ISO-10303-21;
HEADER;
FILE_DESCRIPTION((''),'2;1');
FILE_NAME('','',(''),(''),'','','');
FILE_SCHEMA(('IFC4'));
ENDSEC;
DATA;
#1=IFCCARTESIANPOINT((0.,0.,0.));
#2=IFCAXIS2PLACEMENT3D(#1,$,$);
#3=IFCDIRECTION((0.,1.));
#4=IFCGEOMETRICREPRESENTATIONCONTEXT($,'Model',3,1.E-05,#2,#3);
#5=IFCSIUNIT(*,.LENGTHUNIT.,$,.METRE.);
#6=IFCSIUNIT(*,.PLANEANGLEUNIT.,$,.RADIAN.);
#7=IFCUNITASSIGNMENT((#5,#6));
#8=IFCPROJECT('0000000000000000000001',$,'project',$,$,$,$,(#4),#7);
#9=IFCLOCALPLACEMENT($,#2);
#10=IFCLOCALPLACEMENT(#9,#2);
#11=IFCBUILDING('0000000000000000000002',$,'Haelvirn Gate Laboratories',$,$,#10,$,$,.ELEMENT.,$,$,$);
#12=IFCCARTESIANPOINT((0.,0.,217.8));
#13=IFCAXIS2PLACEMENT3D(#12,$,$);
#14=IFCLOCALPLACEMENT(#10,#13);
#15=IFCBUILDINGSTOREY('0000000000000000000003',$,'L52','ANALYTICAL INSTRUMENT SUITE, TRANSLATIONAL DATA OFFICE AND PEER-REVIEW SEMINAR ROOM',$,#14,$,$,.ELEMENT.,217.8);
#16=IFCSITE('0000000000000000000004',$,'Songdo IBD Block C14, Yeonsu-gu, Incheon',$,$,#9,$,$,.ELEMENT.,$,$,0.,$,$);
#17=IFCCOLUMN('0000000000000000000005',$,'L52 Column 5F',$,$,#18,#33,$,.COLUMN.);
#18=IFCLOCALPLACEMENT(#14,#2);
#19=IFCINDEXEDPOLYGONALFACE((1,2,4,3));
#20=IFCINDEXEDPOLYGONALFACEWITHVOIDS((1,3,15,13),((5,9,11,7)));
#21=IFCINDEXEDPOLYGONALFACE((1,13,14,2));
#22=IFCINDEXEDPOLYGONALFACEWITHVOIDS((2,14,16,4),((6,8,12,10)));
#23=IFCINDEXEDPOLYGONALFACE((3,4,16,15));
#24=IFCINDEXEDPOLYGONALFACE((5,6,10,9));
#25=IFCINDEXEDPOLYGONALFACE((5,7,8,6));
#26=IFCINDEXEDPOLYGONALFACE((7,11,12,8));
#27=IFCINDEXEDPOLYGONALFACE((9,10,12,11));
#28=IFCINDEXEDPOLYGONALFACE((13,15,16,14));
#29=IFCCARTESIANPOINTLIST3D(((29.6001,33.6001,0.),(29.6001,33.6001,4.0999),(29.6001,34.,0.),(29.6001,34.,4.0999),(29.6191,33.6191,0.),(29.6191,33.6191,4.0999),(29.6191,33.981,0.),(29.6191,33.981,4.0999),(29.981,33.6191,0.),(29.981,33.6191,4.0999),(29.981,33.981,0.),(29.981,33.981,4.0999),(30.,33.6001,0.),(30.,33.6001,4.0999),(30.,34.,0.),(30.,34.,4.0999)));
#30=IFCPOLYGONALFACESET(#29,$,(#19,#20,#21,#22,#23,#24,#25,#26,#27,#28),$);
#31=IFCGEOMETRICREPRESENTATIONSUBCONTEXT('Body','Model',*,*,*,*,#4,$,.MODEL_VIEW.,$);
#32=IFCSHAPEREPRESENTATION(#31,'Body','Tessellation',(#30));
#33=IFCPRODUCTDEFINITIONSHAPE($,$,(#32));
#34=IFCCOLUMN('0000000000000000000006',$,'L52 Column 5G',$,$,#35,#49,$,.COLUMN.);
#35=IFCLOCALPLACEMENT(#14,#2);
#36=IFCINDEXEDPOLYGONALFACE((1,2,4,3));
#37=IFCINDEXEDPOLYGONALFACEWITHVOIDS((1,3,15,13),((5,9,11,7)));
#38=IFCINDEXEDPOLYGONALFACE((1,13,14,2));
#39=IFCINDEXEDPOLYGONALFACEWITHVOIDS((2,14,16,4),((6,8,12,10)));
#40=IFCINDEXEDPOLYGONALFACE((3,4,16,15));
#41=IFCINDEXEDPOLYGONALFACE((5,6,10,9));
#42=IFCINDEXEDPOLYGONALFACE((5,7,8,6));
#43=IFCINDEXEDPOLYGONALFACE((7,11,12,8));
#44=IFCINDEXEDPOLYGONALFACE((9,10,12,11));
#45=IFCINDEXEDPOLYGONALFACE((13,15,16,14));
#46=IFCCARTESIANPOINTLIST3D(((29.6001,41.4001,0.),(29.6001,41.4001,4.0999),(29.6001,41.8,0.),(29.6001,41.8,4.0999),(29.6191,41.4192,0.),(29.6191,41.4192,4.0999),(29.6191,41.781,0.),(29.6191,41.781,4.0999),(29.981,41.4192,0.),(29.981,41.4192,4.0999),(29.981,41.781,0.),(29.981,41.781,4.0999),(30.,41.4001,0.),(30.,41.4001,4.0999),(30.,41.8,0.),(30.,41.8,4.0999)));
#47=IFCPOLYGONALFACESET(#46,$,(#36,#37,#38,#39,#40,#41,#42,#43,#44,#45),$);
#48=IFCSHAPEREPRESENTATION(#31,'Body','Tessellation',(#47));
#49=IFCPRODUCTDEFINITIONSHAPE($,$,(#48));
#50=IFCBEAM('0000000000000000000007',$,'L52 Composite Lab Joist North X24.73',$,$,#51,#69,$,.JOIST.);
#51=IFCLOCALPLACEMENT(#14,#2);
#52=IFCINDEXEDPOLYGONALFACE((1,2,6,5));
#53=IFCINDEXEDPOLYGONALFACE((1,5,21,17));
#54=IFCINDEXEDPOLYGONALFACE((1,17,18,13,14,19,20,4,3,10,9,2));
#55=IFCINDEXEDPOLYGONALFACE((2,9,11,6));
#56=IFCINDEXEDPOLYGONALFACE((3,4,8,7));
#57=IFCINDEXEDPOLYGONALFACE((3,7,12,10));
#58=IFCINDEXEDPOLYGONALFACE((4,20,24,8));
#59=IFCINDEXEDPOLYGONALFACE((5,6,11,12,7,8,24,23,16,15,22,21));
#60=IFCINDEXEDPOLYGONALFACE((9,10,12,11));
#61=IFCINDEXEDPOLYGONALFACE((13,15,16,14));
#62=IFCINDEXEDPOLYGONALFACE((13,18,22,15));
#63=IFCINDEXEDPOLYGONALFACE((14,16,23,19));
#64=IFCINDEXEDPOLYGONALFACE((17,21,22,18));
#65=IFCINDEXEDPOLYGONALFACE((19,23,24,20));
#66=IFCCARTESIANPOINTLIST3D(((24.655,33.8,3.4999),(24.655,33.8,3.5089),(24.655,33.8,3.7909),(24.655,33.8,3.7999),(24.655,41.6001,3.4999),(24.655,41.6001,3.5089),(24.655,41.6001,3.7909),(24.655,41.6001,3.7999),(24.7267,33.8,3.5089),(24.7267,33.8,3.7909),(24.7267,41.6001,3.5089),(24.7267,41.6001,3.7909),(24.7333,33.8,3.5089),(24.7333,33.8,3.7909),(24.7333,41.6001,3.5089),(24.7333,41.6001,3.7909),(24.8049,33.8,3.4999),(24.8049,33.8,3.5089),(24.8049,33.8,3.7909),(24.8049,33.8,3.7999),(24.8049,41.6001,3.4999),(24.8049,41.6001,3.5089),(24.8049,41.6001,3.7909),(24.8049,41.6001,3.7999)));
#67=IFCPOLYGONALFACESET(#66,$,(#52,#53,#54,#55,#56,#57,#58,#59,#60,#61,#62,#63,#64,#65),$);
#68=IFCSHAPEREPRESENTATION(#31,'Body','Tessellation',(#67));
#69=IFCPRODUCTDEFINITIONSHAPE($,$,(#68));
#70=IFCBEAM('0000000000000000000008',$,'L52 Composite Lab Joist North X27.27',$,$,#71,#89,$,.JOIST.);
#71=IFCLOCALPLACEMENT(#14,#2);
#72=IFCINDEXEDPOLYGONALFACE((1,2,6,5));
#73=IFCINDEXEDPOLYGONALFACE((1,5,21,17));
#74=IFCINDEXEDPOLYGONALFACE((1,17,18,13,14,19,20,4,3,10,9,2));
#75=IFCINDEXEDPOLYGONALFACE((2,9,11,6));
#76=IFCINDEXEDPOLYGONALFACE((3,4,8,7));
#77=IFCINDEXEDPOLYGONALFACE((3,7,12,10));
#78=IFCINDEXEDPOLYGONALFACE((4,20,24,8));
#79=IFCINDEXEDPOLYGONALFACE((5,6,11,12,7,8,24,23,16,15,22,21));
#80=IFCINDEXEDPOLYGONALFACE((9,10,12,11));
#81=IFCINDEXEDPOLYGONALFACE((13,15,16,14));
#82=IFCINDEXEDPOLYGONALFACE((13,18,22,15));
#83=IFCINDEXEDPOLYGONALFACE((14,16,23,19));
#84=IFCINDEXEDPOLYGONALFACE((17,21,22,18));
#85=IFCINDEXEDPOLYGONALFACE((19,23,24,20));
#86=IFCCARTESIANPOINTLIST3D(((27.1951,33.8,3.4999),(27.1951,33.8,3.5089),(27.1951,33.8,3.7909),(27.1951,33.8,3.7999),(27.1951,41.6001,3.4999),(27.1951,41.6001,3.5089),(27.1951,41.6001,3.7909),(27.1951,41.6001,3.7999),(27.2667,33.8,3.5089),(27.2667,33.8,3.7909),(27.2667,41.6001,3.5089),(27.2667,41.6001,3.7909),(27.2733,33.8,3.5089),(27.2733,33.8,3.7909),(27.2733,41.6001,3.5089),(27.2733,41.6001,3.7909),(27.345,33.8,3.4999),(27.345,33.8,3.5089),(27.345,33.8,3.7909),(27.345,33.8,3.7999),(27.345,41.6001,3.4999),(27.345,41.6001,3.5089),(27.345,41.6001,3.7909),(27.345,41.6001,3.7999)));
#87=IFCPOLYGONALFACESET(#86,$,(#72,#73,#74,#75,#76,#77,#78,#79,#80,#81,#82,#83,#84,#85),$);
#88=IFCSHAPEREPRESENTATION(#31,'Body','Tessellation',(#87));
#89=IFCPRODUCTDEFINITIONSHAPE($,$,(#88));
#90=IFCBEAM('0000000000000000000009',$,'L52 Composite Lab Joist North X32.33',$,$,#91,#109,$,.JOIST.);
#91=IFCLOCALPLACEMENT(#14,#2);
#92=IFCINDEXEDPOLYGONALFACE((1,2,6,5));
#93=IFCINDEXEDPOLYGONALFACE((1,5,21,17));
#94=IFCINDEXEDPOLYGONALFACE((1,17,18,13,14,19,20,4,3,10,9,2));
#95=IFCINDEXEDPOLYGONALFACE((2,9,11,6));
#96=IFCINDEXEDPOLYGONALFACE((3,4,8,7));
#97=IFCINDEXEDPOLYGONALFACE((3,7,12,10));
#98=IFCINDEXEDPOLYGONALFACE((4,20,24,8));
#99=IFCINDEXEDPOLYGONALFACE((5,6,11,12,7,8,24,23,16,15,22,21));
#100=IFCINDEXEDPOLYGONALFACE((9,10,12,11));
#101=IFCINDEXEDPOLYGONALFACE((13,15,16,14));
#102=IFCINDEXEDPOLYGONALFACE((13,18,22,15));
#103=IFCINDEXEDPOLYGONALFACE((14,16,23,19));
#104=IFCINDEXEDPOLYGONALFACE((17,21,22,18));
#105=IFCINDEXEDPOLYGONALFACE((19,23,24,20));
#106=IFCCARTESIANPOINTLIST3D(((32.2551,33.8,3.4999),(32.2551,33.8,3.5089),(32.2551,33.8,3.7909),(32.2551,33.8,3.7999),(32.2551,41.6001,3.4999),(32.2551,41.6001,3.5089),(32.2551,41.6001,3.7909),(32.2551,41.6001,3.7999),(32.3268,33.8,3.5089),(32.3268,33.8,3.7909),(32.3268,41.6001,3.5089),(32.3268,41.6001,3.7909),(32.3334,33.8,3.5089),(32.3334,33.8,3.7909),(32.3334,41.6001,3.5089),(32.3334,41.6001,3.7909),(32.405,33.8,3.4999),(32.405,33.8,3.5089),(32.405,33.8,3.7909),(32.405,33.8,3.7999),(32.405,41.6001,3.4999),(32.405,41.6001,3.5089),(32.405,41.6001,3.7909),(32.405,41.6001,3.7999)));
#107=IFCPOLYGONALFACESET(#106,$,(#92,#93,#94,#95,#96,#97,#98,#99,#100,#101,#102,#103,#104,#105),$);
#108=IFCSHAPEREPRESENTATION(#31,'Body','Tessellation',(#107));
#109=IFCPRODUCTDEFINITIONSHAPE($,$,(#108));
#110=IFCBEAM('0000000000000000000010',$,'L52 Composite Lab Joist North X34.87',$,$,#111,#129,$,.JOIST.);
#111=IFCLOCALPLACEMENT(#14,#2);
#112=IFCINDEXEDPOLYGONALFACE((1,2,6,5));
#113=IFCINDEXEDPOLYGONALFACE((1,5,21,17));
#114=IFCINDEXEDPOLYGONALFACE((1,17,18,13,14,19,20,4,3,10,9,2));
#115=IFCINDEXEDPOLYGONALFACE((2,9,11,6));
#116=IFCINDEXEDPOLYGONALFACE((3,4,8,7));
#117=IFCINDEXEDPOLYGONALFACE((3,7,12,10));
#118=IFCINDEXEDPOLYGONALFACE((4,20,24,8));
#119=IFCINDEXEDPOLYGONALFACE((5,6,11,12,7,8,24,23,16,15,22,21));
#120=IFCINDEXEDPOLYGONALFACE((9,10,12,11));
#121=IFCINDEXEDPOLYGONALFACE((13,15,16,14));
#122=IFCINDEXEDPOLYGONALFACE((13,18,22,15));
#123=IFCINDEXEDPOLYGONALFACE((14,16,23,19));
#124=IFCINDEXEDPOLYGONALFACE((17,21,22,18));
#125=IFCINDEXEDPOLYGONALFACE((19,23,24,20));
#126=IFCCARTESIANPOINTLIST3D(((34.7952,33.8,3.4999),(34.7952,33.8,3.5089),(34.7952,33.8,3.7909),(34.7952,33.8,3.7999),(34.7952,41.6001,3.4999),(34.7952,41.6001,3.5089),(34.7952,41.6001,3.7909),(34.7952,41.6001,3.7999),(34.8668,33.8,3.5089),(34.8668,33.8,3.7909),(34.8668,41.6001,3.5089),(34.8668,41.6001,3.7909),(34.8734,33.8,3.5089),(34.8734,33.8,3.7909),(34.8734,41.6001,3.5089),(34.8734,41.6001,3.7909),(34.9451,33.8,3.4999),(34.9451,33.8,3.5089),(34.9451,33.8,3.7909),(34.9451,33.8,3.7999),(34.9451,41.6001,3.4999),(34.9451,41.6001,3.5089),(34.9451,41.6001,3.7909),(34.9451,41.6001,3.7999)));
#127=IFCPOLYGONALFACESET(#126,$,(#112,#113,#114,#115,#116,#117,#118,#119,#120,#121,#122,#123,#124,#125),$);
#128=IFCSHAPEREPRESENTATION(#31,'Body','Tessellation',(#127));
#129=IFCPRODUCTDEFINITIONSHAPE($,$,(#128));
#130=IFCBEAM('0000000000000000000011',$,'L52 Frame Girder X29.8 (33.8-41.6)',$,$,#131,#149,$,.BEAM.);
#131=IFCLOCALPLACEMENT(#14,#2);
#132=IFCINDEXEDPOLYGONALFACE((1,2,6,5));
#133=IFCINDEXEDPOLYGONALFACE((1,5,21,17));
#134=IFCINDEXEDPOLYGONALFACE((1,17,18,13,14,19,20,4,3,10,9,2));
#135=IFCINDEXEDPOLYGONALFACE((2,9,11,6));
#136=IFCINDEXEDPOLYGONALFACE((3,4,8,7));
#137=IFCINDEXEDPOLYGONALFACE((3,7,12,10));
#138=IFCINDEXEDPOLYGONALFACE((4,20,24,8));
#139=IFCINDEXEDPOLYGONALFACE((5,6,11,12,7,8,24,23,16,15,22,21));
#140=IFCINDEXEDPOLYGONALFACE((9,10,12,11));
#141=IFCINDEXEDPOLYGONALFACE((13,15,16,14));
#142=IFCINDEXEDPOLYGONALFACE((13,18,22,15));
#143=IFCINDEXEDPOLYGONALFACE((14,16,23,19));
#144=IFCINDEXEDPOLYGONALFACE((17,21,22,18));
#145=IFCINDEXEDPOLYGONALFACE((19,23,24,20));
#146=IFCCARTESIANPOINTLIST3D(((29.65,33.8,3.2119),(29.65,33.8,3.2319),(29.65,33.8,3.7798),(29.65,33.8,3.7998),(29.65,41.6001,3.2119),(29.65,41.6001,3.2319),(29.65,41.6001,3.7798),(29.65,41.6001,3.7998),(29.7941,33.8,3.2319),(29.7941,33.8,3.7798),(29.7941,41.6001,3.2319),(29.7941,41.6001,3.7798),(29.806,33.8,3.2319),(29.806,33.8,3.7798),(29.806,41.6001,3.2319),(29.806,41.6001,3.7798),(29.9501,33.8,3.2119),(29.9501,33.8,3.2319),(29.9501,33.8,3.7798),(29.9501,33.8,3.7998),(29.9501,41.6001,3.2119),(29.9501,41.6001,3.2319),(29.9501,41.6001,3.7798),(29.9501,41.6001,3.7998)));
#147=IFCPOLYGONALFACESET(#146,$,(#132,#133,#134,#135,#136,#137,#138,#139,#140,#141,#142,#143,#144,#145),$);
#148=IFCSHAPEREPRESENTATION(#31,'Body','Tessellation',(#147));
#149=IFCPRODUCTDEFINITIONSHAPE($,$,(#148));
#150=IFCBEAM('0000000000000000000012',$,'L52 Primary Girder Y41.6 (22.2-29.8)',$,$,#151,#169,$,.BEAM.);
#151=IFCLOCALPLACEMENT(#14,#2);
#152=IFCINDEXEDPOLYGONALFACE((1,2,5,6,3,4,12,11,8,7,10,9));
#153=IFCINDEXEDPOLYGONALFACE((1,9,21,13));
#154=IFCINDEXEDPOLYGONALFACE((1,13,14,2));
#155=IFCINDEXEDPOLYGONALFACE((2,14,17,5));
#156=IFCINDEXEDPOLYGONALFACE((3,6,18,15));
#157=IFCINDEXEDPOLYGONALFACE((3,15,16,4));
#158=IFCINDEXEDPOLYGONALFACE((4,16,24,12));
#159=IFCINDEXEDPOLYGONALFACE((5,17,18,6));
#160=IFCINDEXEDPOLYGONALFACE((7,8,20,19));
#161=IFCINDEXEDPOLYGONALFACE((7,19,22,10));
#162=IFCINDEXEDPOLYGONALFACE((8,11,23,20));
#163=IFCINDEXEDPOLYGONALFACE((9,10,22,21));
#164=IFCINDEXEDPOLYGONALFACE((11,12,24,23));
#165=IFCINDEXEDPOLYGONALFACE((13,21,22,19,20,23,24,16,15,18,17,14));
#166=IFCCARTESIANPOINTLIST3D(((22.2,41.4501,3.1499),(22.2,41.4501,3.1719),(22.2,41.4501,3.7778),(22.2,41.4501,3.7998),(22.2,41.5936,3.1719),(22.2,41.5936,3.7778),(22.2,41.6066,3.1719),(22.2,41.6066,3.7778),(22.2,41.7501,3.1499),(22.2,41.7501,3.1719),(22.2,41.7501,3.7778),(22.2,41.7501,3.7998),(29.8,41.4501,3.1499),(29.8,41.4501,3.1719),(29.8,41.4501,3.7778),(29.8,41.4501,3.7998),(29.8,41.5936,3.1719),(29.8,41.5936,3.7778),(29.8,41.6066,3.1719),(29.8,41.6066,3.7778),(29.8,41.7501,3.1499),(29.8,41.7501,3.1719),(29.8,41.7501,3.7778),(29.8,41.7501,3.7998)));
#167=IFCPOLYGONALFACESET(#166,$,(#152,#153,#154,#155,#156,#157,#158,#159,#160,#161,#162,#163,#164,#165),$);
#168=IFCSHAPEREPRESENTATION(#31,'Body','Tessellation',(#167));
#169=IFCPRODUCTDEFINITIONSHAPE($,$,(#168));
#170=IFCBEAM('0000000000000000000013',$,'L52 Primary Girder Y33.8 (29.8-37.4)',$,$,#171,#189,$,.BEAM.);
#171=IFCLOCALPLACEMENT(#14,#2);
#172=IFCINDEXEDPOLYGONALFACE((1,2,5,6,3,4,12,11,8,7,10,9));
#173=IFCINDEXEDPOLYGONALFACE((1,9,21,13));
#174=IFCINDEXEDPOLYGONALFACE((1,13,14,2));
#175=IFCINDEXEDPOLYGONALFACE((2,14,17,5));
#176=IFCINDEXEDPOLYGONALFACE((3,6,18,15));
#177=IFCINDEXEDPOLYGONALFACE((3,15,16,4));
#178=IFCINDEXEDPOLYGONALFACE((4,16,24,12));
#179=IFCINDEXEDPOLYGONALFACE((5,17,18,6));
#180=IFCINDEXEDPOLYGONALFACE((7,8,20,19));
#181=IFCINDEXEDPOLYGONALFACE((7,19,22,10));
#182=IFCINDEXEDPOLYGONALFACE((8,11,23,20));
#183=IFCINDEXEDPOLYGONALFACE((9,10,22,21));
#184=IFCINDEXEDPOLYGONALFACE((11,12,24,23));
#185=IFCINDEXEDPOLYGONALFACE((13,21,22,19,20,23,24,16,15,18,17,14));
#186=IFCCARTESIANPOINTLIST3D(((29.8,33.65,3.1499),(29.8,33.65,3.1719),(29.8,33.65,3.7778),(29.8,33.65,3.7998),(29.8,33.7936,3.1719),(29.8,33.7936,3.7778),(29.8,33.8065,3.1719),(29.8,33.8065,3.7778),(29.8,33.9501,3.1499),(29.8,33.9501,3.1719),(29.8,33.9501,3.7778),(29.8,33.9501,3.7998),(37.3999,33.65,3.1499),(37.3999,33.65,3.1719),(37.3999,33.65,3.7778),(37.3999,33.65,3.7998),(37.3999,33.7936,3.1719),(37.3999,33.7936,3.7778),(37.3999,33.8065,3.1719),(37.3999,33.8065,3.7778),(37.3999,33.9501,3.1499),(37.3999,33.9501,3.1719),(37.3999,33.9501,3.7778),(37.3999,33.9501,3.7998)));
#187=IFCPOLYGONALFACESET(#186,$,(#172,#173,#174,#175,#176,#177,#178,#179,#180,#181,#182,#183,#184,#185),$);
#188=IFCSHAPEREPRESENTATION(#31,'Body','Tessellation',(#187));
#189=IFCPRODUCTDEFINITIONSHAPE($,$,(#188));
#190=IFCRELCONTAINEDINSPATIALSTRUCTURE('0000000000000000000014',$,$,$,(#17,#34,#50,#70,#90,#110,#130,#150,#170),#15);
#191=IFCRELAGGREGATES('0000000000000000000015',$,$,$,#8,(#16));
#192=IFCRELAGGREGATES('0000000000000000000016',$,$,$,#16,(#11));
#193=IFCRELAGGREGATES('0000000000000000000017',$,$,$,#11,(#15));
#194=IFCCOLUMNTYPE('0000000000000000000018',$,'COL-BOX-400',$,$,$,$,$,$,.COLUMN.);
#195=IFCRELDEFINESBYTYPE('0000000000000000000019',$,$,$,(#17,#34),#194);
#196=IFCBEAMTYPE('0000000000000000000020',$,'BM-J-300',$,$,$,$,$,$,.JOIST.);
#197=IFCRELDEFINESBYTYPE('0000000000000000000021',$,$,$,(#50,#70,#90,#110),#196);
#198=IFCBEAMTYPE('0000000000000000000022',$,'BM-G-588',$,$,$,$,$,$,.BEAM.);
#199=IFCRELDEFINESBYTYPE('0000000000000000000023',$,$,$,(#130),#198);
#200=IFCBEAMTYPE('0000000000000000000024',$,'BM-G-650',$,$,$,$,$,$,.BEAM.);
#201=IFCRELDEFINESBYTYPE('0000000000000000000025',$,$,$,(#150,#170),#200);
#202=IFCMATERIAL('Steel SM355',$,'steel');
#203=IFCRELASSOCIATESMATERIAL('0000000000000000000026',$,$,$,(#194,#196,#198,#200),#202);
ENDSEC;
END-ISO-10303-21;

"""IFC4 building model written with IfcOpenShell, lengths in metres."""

from ifc_helpers import new_model, si_unit, direction, frame, origin, origin_2d, place, context, subcontext, project, spatial, hollow_rectangle, i_section, extrude, source, transform, mapped, material, material_profile, profile_set, type_object, type_shapes, element, save


model = new_model("IFC4")

# Units and contexts
model_context = context("Model", 3, precision=1e-05, world=origin(), true_north=direction((0.0, 1.0)))
body_context = subcontext(model_context, "Body", "Model", "MODEL_VIEW")
ifc_project = project(units=[si_unit("LENGTHUNIT", "METRE"), si_unit("PLANEANGLEUNIT", "RADIAN")], contexts=[model_context])

# Site, building, storey
site_placement = place(None, origin())
site = spatial("IfcSite", under=ifc_project, at=site_placement, Name="Songdo IBD Block C14, Yeonsu-gu, Incheon", CompositionType="ELEMENT", RefElevation=0.0)
building_placement = place(site_placement, origin())
building = spatial("IfcBuilding", under=site, at=building_placement, Name="Haelvirn Gate Laboratories", CompositionType="ELEMENT")
storey_placement = place(building_placement, frame((0.0, 0.0, 217.8)))
storey = spatial("IfcBuildingStorey", under=building, at=storey_placement, Name="L52", Description="ANALYTICAL INSTRUMENT SUITE, TRANSLATIONAL DATA OFFICE AND PEER-REVIEW SEMINAR ROOM", CompositionType="ELEMENT", Elevation=217.8)

# Columns
ifc_material_1 = material(Name="Steel SM355", Category="steel")
ifc_material_profile_1 = material_profile(ifc_material_1, hollow_rectangle(XDim=0.3999, YDim=0.3999, WallThickness=0.019, at=origin_2d()), Name="BOX-400x400x19")
ifc_profile_set_1 = profile_set([ifc_material_profile_1], Name="Steel SM355")
column_type = type_object("IfcColumnType", Name="COL-BOX-400", PredefinedType="COLUMN", material=ifc_profile_set_1)
shared_shape_1 = source(origin(), body_context, "Body", "SweptSolid", [
    extrude(hollow_rectangle(XDim=0.3999, YDim=0.3999, WallThickness=0.019, at=origin_2d()), origin(), (0.0, 0.0, 1.0), 4.0999),
])
type_shapes(column_type, [shared_shape_1])
for number, where, z_axis, x_axis, name in (
    (1, (29.8, 33.8, 0.0), (0.0, 0.0, 1.0), (1.0, 0.0, 0.0), "L52 Column 5F"),
    (2, (29.8, 41.6001, 0.0), (0.0, 0.0, 1.0), (1.0, 0.0, 0.0), "L52 Column 5G"),
):
    element("IfcColumn", number, at=place(storey_placement, frame(where, z_axis=z_axis, x_axis=x_axis)), inside=storey, type_object=column_type, Name=name, PredefinedType="COLUMN", context=body_context, shape_type="MappedRepresentation", body=[
        mapped(shared_shape_1, transform((0.0, 0.0, 0.0), scale=1.0)),
    ])

# Beams
ifc_material_profile_2 = material_profile(ifc_material_1, i_section(OverallWidth=0.1499, OverallDepth=0.3, WebThickness=0.0066, FlangeThickness=0.009, at=origin_2d()), Name="H-300x150x6.5x9")
ifc_profile_set_2 = profile_set([ifc_material_profile_2], Name="Steel SM355")
beam_type_1 = type_object("IfcBeamType", Name="BM-J-300", PredefinedType="JOIST", material=ifc_profile_set_2)
shared_shape_2 = source(origin(), body_context, "Body", "SweptSolid", [
    extrude(i_section(OverallWidth=0.1499, OverallDepth=0.3, WebThickness=0.0066, FlangeThickness=0.009, at=origin_2d()), origin(), (0.0, 0.0, 1.0), 7.8),
])
type_shapes(beam_type_1, [shared_shape_2])
for number, where, z_axis, x_axis, name in (
    (3, (24.73, 33.8, 3.6499), (0.0, 1.0, 0.0), (-1.0, 0.0, 0.0), "L52 Composite Lab Joist North X24.73"),
    (4, (27.27, 33.8, 3.6499), (0.0, 1.0, 0.0), (-1.0, 0.0, 0.0), "L52 Composite Lab Joist North X27.27"),
    (5, (32.3301, 33.8, 3.6499), (0.0, 1.0, 0.0), (-1.0, 0.0, 0.0), "L52 Composite Lab Joist North X32.33"),
    (6, (34.8701, 33.8, 3.6499), (0.0, 1.0, 0.0), (-1.0, 0.0, 0.0), "L52 Composite Lab Joist North X34.87"),
):
    element("IfcBeam", number, at=place(storey_placement, frame(where, z_axis=z_axis, x_axis=x_axis)), inside=storey, type_object=beam_type_1, Name=name, PredefinedType="JOIST", context=body_context, shape_type="MappedRepresentation", body=[
        mapped(shared_shape_2, transform((0.0, 0.0, 0.0), scale=1.0)),
    ])
ifc_material_profile_3 = material_profile(ifc_material_1, i_section(OverallWidth=0.3, OverallDepth=0.5879, WebThickness=0.012, FlangeThickness=0.02, at=origin_2d()), Name="H-588x300x12x20")
ifc_profile_set_3 = profile_set([ifc_material_profile_3], Name="Steel SM355")
beam_type_2 = type_object("IfcBeamType", Name="BM-G-588", PredefinedType="BEAM", material=ifc_profile_set_3)
shared_shape_3 = source(origin(), body_context, "Body", "SweptSolid", [
    extrude(i_section(OverallWidth=0.3, OverallDepth=0.5879, WebThickness=0.012, FlangeThickness=0.02, at=origin_2d()), origin(), (0.0, 0.0, 1.0), 7.8),
])
type_shapes(beam_type_2, [shared_shape_3])
beam_1_placement = place(storey_placement, frame((29.8, 33.8, 3.5059), z_axis=(0.0, 1.0, 0.0), x_axis=(-1.0, 0.0, 0.0)))
element("IfcBeam", 7, at=beam_1_placement, inside=storey, type_object=beam_type_2, Name="L52 Frame Girder X29.8 (33.8-41.6)", PredefinedType="BEAM", context=body_context, shape_type="MappedRepresentation", body=[
    mapped(shared_shape_3, transform((0.0, 0.0, 0.0), scale=1.0)),
])
ifc_material_profile_4 = material_profile(ifc_material_1, i_section(OverallWidth=0.3, OverallDepth=0.6499, WebThickness=0.0129, FlangeThickness=0.022, at=origin_2d()), Name="H-650x300x13x22")
ifc_profile_set_4 = profile_set([ifc_material_profile_4], Name="Steel SM355")
beam_type_3 = type_object("IfcBeamType", Name="BM-G-650", PredefinedType="BEAM", material=ifc_profile_set_4)
shared_shape_4 = source(origin(), body_context, "Body", "SweptSolid", [
    extrude(i_section(OverallWidth=0.3, OverallDepth=0.6499, WebThickness=0.0129, FlangeThickness=0.022, at=origin_2d()), origin(), (0.0, 0.0, 1.0), 7.6001),
])
beam_2_placement = place(storey_placement, frame((22.2, 41.6001, 3.4749), z_axis=(1.0, 0.0, 0.0), x_axis=(0.0, 1.0, 0.0)))
element("IfcBeam", 8, at=beam_2_placement, inside=storey, type_object=beam_type_3, Name="L52 Primary Girder Y41.6 (22.2-29.8)", PredefinedType="BEAM", context=body_context, shape_type="MappedRepresentation", body=[
    mapped(shared_shape_4, transform((0.0, 0.0, 0.0), scale=1.0)),
])
shared_shape_5 = source(origin(), body_context, "Body", "SweptSolid", [
    extrude(i_section(OverallWidth=0.3, OverallDepth=0.6499, WebThickness=0.0129, FlangeThickness=0.022, at=origin_2d()), origin(), (0.0, 0.0, 1.0), 7.5999),
])
type_shapes(beam_type_3, [shared_shape_4, shared_shape_5])
for number, where, z_axis, x_axis, name in (
    (9, (29.8, 33.8, 3.4749), (1.0, 0.0, 0.0), (0.0, 1.0, 0.0), "L52 Primary Girder Y33.8 (29.8-37.4)"),
):
    element("IfcBeam", number, at=place(storey_placement, frame(where, z_axis=z_axis, x_axis=x_axis)), inside=storey, type_object=beam_type_3, Name=name, PredefinedType="BEAM", context=body_context, shape_type="MappedRepresentation", body=[
        mapped(shared_shape_5, transform((0.0, 0.0, 0.0), scale=1.0)),
    ])

save(model, "model.ifc")
